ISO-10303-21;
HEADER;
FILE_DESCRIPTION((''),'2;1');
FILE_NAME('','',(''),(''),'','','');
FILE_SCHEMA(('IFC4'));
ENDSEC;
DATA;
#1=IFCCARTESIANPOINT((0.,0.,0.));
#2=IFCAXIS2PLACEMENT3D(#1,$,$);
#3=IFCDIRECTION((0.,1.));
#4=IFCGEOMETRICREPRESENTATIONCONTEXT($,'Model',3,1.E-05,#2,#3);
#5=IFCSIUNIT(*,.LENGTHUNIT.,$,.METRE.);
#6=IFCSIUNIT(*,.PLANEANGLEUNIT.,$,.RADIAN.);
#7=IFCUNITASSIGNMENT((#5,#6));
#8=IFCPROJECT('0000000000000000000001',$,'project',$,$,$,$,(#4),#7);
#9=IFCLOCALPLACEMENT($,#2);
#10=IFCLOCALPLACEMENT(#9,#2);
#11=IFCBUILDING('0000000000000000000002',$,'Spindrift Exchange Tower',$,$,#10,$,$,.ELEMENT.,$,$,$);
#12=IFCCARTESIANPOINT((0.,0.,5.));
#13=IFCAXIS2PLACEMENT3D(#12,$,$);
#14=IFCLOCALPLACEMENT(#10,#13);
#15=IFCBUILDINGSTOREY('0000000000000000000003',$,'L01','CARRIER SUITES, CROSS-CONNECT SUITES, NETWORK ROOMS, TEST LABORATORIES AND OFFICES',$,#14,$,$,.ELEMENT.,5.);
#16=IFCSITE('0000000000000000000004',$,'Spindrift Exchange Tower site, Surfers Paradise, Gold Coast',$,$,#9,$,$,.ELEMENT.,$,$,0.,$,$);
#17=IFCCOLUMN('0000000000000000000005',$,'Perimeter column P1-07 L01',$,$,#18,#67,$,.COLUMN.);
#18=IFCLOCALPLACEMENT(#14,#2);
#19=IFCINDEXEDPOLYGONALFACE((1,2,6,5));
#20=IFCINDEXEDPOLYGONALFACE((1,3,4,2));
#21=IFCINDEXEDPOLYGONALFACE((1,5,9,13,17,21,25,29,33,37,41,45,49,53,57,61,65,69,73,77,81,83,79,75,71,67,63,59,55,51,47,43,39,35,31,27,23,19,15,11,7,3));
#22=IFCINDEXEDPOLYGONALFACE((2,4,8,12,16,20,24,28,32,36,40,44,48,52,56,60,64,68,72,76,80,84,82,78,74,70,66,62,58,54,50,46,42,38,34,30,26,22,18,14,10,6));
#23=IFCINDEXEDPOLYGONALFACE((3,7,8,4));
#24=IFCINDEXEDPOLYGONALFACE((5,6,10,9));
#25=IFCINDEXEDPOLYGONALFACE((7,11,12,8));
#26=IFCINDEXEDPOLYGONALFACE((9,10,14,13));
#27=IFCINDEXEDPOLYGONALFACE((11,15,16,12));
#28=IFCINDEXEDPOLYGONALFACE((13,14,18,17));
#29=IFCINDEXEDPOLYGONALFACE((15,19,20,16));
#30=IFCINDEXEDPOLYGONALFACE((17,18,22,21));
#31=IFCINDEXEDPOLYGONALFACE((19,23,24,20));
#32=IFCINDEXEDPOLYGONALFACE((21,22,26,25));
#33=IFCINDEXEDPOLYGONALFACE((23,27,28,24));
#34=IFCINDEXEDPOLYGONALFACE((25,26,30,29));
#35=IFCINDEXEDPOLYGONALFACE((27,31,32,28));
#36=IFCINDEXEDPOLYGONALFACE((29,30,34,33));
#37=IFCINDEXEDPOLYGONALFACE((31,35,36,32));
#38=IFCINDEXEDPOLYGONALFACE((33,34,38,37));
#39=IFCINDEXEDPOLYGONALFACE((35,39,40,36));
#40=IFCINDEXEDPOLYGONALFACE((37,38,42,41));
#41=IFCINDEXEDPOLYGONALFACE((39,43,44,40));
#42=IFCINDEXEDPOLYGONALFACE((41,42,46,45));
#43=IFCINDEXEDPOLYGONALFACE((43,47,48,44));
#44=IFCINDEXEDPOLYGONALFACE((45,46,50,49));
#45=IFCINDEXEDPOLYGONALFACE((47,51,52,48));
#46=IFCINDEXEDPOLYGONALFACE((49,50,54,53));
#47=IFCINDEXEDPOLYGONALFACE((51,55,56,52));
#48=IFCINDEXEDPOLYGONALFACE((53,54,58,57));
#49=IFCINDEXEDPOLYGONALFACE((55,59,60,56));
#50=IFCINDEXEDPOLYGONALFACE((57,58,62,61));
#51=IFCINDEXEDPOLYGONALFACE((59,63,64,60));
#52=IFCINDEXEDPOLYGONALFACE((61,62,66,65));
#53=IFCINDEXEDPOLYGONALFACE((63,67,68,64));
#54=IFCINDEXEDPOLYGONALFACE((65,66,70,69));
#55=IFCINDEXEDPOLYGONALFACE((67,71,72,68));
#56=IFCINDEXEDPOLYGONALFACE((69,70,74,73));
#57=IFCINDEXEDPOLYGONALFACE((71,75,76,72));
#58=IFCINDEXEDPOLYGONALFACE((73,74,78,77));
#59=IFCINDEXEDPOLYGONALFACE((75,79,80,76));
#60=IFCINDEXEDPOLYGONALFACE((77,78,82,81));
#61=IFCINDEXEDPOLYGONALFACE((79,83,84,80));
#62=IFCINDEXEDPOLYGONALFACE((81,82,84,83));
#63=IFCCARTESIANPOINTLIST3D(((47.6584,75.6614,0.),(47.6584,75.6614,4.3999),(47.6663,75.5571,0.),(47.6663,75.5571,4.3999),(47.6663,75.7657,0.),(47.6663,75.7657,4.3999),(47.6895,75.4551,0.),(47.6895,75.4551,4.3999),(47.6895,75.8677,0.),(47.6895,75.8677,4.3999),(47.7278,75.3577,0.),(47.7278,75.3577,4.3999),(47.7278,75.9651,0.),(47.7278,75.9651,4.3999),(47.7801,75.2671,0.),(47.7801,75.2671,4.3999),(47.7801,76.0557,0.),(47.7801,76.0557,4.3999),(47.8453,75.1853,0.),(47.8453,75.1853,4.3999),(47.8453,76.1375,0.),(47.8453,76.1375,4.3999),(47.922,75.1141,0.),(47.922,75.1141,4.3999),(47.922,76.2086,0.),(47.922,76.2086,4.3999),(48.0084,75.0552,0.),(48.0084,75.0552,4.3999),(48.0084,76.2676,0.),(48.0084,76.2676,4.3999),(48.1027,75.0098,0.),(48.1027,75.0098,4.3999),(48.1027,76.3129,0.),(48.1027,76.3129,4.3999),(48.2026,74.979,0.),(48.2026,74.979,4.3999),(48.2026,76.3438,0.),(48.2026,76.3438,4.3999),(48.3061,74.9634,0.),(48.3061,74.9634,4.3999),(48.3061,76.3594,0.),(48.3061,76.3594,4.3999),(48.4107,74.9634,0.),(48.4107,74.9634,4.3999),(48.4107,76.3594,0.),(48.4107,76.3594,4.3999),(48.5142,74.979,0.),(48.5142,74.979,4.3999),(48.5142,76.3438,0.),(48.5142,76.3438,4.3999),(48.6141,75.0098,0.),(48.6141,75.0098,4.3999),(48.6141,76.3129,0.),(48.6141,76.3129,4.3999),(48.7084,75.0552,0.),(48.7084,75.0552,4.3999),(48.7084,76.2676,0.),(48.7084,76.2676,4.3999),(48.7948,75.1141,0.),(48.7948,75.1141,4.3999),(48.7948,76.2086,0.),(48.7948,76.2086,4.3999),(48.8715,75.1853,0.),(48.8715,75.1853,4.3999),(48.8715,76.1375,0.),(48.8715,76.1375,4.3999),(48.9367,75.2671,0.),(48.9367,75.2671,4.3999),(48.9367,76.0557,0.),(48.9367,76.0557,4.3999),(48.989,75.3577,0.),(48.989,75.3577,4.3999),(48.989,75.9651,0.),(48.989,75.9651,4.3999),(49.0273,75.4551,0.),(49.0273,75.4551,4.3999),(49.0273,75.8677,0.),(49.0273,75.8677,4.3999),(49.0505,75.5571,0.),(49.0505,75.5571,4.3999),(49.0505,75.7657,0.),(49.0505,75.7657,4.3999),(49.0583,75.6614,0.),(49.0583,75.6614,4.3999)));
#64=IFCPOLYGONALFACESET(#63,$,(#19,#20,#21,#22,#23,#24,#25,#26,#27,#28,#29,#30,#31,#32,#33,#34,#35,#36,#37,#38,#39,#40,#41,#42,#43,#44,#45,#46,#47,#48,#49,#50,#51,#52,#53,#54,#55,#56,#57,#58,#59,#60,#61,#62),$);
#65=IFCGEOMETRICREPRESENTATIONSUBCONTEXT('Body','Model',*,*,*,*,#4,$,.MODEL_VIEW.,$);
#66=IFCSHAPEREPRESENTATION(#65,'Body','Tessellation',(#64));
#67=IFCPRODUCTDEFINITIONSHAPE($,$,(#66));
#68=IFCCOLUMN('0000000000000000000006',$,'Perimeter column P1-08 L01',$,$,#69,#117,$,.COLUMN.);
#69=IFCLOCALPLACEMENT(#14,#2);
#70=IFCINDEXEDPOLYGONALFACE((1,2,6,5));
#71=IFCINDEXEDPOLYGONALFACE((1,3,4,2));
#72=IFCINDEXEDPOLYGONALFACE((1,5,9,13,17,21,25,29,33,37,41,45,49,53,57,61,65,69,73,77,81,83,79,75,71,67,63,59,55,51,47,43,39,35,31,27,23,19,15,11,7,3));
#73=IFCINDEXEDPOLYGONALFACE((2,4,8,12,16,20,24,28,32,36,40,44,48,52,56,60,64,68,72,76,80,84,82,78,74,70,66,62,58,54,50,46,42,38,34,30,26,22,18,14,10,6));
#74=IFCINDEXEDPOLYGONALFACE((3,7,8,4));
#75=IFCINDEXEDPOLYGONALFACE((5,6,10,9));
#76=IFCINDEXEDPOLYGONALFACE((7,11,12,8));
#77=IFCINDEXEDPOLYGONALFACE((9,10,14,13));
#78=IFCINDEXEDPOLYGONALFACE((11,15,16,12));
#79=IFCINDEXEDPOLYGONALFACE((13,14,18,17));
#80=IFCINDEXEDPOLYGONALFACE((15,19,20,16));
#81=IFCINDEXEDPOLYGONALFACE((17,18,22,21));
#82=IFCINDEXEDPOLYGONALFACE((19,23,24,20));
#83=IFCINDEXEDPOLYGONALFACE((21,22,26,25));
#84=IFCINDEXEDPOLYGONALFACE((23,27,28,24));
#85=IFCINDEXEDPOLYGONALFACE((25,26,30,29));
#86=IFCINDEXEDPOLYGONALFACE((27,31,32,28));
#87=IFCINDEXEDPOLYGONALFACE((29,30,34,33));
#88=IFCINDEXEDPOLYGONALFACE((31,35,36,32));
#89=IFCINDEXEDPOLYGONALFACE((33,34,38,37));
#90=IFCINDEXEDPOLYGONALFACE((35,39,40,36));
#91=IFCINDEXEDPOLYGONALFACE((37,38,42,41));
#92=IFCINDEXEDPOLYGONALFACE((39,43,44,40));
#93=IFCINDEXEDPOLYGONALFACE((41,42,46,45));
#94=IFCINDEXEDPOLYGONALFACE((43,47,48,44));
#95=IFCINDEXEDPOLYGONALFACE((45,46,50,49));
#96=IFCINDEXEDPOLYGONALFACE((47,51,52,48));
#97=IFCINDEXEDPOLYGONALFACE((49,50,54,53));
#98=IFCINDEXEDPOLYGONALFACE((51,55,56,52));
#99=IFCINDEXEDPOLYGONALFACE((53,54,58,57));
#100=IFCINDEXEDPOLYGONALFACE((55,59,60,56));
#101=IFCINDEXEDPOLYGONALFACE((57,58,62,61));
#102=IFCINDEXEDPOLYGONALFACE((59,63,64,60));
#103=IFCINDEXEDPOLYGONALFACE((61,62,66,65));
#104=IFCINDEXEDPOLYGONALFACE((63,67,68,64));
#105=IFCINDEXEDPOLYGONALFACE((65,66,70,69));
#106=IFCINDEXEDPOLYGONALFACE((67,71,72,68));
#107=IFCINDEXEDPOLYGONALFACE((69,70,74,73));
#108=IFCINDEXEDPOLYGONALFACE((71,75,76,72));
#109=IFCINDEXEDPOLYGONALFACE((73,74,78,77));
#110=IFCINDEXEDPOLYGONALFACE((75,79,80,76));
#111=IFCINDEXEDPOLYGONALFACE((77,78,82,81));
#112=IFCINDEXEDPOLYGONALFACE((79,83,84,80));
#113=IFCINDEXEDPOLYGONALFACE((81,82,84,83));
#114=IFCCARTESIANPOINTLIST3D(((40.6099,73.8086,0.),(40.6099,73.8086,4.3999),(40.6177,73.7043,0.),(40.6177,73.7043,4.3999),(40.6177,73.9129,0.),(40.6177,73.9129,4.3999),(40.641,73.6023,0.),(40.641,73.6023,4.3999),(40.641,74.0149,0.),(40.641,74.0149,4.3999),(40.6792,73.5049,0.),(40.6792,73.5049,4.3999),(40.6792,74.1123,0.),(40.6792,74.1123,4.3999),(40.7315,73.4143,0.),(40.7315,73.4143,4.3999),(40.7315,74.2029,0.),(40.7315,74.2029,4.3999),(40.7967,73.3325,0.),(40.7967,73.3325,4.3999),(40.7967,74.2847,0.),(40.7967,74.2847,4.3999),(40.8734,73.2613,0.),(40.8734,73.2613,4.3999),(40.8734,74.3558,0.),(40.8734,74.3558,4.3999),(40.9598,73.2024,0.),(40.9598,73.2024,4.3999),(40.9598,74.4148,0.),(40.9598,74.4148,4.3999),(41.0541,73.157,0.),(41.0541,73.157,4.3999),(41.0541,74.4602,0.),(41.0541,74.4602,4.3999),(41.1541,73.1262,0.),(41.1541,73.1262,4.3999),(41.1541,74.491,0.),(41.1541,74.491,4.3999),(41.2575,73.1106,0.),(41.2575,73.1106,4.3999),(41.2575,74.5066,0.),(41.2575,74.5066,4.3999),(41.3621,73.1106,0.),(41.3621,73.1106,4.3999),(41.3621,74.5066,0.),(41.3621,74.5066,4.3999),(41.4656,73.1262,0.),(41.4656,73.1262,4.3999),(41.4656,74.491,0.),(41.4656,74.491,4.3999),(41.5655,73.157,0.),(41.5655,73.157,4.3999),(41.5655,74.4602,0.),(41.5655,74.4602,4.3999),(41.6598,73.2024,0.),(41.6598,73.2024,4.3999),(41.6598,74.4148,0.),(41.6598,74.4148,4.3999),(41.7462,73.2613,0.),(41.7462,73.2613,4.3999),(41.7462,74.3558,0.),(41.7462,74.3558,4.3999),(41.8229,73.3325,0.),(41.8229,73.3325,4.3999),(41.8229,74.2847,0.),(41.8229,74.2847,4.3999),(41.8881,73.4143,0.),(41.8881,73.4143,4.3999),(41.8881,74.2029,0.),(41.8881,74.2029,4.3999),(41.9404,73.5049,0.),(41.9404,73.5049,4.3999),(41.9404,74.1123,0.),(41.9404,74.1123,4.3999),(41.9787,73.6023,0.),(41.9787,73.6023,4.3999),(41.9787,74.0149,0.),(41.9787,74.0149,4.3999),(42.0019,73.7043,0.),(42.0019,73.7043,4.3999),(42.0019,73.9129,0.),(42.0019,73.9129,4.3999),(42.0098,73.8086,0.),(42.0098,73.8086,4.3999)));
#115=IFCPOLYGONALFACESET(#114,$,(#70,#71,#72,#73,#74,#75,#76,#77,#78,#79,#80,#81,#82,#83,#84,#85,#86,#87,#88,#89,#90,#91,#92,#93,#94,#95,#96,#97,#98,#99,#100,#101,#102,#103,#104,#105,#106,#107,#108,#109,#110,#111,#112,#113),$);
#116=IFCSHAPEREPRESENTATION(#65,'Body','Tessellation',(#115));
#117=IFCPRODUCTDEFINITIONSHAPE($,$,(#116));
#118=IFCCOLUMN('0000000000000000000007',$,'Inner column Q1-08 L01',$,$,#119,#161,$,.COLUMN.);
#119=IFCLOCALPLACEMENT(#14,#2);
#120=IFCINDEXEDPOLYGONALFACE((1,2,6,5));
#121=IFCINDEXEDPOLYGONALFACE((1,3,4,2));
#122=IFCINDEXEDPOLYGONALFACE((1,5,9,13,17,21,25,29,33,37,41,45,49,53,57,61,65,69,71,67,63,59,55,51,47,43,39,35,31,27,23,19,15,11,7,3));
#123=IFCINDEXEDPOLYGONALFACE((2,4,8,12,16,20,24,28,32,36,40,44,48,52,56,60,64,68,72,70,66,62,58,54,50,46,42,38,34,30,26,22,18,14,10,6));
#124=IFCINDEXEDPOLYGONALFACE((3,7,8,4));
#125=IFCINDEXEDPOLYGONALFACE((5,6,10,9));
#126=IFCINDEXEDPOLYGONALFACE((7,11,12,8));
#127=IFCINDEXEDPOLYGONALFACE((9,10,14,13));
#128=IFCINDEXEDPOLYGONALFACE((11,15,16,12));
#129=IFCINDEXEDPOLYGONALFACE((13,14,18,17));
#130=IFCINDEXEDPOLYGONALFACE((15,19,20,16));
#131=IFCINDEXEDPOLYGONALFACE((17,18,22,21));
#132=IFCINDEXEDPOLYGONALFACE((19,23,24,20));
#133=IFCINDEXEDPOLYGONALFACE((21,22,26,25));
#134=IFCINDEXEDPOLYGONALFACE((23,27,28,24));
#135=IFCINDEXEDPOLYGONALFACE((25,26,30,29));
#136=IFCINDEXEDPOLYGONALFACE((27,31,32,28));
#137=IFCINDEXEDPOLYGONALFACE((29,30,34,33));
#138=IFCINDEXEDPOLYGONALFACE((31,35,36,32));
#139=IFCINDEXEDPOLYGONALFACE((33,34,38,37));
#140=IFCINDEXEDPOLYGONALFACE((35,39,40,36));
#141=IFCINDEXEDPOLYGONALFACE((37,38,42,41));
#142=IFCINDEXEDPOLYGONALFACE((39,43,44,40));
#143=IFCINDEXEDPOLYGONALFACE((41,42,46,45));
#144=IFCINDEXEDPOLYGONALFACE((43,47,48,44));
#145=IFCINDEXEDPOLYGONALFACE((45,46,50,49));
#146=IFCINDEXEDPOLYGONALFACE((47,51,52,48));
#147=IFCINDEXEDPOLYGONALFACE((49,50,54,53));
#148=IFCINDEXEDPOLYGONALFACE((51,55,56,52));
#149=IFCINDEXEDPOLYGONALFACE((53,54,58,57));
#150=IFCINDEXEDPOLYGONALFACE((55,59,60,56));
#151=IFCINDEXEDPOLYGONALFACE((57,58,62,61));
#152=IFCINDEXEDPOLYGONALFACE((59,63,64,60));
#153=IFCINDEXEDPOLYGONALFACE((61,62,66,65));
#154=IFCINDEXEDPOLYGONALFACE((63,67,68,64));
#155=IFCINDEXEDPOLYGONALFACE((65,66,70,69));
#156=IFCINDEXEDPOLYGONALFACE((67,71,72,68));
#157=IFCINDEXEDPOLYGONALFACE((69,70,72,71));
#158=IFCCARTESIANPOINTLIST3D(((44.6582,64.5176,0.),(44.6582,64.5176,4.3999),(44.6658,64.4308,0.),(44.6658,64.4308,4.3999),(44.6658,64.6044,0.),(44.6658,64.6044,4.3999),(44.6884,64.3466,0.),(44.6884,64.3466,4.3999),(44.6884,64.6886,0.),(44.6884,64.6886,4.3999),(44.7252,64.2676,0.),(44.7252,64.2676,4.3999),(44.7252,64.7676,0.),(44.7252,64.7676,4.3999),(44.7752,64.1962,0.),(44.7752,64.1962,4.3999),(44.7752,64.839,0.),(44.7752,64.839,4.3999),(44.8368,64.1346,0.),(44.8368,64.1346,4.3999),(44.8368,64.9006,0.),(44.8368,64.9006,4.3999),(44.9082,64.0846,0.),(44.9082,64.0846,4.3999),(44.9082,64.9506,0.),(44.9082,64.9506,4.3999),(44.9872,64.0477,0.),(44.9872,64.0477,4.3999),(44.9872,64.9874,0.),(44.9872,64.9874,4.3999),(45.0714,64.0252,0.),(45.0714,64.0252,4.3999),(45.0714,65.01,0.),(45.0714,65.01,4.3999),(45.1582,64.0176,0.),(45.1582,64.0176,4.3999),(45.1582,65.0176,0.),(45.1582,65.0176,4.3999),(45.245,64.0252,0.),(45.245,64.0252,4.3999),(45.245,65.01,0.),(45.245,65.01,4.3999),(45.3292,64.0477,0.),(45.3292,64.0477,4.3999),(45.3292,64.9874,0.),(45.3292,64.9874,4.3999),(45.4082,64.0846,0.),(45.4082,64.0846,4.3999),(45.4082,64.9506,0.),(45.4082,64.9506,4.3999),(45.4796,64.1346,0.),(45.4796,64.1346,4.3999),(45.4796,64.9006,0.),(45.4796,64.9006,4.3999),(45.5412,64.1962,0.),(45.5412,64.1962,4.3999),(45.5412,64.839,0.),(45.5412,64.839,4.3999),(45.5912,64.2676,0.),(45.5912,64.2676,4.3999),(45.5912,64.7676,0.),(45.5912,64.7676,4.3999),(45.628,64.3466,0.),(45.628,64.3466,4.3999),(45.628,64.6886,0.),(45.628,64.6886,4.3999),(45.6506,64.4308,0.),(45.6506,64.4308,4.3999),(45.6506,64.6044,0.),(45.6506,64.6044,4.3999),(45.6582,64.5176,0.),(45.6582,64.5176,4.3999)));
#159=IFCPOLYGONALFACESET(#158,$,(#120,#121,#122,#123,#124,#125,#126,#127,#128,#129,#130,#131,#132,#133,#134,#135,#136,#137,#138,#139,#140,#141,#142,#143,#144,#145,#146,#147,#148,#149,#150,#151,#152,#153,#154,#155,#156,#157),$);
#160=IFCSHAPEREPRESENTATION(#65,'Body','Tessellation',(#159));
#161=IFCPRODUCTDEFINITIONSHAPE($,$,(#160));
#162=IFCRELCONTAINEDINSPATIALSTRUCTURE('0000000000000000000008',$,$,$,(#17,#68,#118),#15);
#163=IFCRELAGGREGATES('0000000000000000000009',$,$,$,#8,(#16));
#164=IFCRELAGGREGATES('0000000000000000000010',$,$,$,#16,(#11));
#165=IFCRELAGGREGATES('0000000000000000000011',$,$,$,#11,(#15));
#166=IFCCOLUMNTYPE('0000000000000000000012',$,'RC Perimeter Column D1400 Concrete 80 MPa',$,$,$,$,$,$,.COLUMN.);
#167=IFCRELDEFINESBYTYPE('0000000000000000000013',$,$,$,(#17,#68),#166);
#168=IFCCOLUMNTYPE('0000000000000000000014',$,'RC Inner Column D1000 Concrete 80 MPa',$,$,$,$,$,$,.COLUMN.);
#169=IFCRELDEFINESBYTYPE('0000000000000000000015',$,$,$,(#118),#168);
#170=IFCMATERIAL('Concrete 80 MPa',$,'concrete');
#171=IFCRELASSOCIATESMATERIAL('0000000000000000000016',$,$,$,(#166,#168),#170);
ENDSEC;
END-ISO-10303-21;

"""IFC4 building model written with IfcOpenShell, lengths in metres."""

from ifc_helpers import new_model, si_unit, direction, frame, origin, origin_2d, place, context, subcontext, project, spatial, circle, extrude, source, transform, mapped, material, material_profile, profile_set, type_object, element, save


model = new_model("IFC4")

# Units and contexts
model_context = context("Model", 3, precision=1e-05, world=origin(), true_north=direction((0.0, 1.0)))
body_context = subcontext(model_context, "Body", "Model", "MODEL_VIEW")
ifc_project = project(units=[si_unit("LENGTHUNIT", "METRE"), si_unit("PLANEANGLEUNIT", "RADIAN")], contexts=[model_context])

# Site, building, storey
site_placement = place(None, origin())
site = spatial("IfcSite", under=ifc_project, at=site_placement, Name="Spindrift Exchange Tower site, Surfers Paradise, Gold Coast", CompositionType="ELEMENT", RefElevation=0.0)
building_placement = place(site_placement, origin())
building = spatial("IfcBuilding", under=site, at=building_placement, Name="Spindrift Exchange Tower", CompositionType="ELEMENT")
storey_placement = place(building_placement, frame((0.0, 0.0, 5.0)))
storey = spatial("IfcBuildingStorey", under=building, at=storey_placement, Name="L01", Description="CARRIER SUITES, CROSS-CONNECT SUITES, NETWORK ROOMS, TEST LABORATORIES AND OFFICES", CompositionType="ELEMENT", Elevation=5.0)

# Columns
ifc_material_1 = material(Name="Concrete 80 MPa", Category="concrete")
ifc_material_profile_1 = material_profile(ifc_material_1, circle(Radius=0.7, at=origin_2d()), Name="RC D1400")
ifc_profile_set_1 = profile_set([ifc_material_profile_1], Name="Concrete 80 MPa")
column_type_1 = type_object("IfcColumnType", Name="RC Perimeter Column D1400 Concrete 80 MPa", PredefinedType="COLUMN", material=ifc_profile_set_1)
shared_shape_1 = source(origin(), body_context, "Body", "SweptSolid", [
    extrude(circle(Radius=0.7, at=origin_2d()), origin(), (0.0, 0.0, 1.0), 4.3999),
])
for number, where, z_axis, x_axis, name in (
    (1, (48.3584, 75.6614, 0.0), (0.0, 0.0, 1.0), (1.0, 0.0, 0.0), "Perimeter column P1-07 L01"),
    (2, (41.3098, 73.8086, 0.0), (0.0, 0.0, 1.0), (1.0, 0.0, 0.0), "Perimeter column P1-08 L01"),
):
    element("IfcColumn", number, at=place(storey_placement, frame(where, z_axis=z_axis, x_axis=x_axis)), inside=storey, type_object=column_type_1, Name=name, PredefinedType="COLUMN", context=body_context, shape_type="MappedRepresentation", body=[
        mapped(shared_shape_1, transform((0.0, 0.0, 0.0), scale=1.0)),
    ])
ifc_material_profile_2 = material_profile(ifc_material_1, circle(Radius=0.5, at=origin_2d()), Name="RC D1000")
ifc_profile_set_2 = profile_set([ifc_material_profile_2], Name="Concrete 80 MPa")
column_type_2 = type_object("IfcColumnType", Name="RC Inner Column D1000 Concrete 80 MPa", PredefinedType="COLUMN", material=ifc_profile_set_2)
shared_shape_2 = source(origin(), body_context, "Body", "SweptSolid", [
    extrude(circle(Radius=0.5, at=origin_2d()), origin(), (0.0, 0.0, 1.0), 4.3999),
])
column_placement = place(storey_placement, frame((45.1582, 64.5176, 0.0), z_axis=(0.0, 0.0, 1.0), x_axis=(1.0, 0.0, 0.0)))
element("IfcColumn", 3, at=column_placement, inside=storey, type_object=column_type_2, Name="Inner column Q1-08 L01", PredefinedType="COLUMN", context=body_context, shape_type="MappedRepresentation", body=[
    mapped(shared_shape_2, transform((0.0, 0.0, 0.0), scale=1.0)),
])

save(model, "model.ifc")
